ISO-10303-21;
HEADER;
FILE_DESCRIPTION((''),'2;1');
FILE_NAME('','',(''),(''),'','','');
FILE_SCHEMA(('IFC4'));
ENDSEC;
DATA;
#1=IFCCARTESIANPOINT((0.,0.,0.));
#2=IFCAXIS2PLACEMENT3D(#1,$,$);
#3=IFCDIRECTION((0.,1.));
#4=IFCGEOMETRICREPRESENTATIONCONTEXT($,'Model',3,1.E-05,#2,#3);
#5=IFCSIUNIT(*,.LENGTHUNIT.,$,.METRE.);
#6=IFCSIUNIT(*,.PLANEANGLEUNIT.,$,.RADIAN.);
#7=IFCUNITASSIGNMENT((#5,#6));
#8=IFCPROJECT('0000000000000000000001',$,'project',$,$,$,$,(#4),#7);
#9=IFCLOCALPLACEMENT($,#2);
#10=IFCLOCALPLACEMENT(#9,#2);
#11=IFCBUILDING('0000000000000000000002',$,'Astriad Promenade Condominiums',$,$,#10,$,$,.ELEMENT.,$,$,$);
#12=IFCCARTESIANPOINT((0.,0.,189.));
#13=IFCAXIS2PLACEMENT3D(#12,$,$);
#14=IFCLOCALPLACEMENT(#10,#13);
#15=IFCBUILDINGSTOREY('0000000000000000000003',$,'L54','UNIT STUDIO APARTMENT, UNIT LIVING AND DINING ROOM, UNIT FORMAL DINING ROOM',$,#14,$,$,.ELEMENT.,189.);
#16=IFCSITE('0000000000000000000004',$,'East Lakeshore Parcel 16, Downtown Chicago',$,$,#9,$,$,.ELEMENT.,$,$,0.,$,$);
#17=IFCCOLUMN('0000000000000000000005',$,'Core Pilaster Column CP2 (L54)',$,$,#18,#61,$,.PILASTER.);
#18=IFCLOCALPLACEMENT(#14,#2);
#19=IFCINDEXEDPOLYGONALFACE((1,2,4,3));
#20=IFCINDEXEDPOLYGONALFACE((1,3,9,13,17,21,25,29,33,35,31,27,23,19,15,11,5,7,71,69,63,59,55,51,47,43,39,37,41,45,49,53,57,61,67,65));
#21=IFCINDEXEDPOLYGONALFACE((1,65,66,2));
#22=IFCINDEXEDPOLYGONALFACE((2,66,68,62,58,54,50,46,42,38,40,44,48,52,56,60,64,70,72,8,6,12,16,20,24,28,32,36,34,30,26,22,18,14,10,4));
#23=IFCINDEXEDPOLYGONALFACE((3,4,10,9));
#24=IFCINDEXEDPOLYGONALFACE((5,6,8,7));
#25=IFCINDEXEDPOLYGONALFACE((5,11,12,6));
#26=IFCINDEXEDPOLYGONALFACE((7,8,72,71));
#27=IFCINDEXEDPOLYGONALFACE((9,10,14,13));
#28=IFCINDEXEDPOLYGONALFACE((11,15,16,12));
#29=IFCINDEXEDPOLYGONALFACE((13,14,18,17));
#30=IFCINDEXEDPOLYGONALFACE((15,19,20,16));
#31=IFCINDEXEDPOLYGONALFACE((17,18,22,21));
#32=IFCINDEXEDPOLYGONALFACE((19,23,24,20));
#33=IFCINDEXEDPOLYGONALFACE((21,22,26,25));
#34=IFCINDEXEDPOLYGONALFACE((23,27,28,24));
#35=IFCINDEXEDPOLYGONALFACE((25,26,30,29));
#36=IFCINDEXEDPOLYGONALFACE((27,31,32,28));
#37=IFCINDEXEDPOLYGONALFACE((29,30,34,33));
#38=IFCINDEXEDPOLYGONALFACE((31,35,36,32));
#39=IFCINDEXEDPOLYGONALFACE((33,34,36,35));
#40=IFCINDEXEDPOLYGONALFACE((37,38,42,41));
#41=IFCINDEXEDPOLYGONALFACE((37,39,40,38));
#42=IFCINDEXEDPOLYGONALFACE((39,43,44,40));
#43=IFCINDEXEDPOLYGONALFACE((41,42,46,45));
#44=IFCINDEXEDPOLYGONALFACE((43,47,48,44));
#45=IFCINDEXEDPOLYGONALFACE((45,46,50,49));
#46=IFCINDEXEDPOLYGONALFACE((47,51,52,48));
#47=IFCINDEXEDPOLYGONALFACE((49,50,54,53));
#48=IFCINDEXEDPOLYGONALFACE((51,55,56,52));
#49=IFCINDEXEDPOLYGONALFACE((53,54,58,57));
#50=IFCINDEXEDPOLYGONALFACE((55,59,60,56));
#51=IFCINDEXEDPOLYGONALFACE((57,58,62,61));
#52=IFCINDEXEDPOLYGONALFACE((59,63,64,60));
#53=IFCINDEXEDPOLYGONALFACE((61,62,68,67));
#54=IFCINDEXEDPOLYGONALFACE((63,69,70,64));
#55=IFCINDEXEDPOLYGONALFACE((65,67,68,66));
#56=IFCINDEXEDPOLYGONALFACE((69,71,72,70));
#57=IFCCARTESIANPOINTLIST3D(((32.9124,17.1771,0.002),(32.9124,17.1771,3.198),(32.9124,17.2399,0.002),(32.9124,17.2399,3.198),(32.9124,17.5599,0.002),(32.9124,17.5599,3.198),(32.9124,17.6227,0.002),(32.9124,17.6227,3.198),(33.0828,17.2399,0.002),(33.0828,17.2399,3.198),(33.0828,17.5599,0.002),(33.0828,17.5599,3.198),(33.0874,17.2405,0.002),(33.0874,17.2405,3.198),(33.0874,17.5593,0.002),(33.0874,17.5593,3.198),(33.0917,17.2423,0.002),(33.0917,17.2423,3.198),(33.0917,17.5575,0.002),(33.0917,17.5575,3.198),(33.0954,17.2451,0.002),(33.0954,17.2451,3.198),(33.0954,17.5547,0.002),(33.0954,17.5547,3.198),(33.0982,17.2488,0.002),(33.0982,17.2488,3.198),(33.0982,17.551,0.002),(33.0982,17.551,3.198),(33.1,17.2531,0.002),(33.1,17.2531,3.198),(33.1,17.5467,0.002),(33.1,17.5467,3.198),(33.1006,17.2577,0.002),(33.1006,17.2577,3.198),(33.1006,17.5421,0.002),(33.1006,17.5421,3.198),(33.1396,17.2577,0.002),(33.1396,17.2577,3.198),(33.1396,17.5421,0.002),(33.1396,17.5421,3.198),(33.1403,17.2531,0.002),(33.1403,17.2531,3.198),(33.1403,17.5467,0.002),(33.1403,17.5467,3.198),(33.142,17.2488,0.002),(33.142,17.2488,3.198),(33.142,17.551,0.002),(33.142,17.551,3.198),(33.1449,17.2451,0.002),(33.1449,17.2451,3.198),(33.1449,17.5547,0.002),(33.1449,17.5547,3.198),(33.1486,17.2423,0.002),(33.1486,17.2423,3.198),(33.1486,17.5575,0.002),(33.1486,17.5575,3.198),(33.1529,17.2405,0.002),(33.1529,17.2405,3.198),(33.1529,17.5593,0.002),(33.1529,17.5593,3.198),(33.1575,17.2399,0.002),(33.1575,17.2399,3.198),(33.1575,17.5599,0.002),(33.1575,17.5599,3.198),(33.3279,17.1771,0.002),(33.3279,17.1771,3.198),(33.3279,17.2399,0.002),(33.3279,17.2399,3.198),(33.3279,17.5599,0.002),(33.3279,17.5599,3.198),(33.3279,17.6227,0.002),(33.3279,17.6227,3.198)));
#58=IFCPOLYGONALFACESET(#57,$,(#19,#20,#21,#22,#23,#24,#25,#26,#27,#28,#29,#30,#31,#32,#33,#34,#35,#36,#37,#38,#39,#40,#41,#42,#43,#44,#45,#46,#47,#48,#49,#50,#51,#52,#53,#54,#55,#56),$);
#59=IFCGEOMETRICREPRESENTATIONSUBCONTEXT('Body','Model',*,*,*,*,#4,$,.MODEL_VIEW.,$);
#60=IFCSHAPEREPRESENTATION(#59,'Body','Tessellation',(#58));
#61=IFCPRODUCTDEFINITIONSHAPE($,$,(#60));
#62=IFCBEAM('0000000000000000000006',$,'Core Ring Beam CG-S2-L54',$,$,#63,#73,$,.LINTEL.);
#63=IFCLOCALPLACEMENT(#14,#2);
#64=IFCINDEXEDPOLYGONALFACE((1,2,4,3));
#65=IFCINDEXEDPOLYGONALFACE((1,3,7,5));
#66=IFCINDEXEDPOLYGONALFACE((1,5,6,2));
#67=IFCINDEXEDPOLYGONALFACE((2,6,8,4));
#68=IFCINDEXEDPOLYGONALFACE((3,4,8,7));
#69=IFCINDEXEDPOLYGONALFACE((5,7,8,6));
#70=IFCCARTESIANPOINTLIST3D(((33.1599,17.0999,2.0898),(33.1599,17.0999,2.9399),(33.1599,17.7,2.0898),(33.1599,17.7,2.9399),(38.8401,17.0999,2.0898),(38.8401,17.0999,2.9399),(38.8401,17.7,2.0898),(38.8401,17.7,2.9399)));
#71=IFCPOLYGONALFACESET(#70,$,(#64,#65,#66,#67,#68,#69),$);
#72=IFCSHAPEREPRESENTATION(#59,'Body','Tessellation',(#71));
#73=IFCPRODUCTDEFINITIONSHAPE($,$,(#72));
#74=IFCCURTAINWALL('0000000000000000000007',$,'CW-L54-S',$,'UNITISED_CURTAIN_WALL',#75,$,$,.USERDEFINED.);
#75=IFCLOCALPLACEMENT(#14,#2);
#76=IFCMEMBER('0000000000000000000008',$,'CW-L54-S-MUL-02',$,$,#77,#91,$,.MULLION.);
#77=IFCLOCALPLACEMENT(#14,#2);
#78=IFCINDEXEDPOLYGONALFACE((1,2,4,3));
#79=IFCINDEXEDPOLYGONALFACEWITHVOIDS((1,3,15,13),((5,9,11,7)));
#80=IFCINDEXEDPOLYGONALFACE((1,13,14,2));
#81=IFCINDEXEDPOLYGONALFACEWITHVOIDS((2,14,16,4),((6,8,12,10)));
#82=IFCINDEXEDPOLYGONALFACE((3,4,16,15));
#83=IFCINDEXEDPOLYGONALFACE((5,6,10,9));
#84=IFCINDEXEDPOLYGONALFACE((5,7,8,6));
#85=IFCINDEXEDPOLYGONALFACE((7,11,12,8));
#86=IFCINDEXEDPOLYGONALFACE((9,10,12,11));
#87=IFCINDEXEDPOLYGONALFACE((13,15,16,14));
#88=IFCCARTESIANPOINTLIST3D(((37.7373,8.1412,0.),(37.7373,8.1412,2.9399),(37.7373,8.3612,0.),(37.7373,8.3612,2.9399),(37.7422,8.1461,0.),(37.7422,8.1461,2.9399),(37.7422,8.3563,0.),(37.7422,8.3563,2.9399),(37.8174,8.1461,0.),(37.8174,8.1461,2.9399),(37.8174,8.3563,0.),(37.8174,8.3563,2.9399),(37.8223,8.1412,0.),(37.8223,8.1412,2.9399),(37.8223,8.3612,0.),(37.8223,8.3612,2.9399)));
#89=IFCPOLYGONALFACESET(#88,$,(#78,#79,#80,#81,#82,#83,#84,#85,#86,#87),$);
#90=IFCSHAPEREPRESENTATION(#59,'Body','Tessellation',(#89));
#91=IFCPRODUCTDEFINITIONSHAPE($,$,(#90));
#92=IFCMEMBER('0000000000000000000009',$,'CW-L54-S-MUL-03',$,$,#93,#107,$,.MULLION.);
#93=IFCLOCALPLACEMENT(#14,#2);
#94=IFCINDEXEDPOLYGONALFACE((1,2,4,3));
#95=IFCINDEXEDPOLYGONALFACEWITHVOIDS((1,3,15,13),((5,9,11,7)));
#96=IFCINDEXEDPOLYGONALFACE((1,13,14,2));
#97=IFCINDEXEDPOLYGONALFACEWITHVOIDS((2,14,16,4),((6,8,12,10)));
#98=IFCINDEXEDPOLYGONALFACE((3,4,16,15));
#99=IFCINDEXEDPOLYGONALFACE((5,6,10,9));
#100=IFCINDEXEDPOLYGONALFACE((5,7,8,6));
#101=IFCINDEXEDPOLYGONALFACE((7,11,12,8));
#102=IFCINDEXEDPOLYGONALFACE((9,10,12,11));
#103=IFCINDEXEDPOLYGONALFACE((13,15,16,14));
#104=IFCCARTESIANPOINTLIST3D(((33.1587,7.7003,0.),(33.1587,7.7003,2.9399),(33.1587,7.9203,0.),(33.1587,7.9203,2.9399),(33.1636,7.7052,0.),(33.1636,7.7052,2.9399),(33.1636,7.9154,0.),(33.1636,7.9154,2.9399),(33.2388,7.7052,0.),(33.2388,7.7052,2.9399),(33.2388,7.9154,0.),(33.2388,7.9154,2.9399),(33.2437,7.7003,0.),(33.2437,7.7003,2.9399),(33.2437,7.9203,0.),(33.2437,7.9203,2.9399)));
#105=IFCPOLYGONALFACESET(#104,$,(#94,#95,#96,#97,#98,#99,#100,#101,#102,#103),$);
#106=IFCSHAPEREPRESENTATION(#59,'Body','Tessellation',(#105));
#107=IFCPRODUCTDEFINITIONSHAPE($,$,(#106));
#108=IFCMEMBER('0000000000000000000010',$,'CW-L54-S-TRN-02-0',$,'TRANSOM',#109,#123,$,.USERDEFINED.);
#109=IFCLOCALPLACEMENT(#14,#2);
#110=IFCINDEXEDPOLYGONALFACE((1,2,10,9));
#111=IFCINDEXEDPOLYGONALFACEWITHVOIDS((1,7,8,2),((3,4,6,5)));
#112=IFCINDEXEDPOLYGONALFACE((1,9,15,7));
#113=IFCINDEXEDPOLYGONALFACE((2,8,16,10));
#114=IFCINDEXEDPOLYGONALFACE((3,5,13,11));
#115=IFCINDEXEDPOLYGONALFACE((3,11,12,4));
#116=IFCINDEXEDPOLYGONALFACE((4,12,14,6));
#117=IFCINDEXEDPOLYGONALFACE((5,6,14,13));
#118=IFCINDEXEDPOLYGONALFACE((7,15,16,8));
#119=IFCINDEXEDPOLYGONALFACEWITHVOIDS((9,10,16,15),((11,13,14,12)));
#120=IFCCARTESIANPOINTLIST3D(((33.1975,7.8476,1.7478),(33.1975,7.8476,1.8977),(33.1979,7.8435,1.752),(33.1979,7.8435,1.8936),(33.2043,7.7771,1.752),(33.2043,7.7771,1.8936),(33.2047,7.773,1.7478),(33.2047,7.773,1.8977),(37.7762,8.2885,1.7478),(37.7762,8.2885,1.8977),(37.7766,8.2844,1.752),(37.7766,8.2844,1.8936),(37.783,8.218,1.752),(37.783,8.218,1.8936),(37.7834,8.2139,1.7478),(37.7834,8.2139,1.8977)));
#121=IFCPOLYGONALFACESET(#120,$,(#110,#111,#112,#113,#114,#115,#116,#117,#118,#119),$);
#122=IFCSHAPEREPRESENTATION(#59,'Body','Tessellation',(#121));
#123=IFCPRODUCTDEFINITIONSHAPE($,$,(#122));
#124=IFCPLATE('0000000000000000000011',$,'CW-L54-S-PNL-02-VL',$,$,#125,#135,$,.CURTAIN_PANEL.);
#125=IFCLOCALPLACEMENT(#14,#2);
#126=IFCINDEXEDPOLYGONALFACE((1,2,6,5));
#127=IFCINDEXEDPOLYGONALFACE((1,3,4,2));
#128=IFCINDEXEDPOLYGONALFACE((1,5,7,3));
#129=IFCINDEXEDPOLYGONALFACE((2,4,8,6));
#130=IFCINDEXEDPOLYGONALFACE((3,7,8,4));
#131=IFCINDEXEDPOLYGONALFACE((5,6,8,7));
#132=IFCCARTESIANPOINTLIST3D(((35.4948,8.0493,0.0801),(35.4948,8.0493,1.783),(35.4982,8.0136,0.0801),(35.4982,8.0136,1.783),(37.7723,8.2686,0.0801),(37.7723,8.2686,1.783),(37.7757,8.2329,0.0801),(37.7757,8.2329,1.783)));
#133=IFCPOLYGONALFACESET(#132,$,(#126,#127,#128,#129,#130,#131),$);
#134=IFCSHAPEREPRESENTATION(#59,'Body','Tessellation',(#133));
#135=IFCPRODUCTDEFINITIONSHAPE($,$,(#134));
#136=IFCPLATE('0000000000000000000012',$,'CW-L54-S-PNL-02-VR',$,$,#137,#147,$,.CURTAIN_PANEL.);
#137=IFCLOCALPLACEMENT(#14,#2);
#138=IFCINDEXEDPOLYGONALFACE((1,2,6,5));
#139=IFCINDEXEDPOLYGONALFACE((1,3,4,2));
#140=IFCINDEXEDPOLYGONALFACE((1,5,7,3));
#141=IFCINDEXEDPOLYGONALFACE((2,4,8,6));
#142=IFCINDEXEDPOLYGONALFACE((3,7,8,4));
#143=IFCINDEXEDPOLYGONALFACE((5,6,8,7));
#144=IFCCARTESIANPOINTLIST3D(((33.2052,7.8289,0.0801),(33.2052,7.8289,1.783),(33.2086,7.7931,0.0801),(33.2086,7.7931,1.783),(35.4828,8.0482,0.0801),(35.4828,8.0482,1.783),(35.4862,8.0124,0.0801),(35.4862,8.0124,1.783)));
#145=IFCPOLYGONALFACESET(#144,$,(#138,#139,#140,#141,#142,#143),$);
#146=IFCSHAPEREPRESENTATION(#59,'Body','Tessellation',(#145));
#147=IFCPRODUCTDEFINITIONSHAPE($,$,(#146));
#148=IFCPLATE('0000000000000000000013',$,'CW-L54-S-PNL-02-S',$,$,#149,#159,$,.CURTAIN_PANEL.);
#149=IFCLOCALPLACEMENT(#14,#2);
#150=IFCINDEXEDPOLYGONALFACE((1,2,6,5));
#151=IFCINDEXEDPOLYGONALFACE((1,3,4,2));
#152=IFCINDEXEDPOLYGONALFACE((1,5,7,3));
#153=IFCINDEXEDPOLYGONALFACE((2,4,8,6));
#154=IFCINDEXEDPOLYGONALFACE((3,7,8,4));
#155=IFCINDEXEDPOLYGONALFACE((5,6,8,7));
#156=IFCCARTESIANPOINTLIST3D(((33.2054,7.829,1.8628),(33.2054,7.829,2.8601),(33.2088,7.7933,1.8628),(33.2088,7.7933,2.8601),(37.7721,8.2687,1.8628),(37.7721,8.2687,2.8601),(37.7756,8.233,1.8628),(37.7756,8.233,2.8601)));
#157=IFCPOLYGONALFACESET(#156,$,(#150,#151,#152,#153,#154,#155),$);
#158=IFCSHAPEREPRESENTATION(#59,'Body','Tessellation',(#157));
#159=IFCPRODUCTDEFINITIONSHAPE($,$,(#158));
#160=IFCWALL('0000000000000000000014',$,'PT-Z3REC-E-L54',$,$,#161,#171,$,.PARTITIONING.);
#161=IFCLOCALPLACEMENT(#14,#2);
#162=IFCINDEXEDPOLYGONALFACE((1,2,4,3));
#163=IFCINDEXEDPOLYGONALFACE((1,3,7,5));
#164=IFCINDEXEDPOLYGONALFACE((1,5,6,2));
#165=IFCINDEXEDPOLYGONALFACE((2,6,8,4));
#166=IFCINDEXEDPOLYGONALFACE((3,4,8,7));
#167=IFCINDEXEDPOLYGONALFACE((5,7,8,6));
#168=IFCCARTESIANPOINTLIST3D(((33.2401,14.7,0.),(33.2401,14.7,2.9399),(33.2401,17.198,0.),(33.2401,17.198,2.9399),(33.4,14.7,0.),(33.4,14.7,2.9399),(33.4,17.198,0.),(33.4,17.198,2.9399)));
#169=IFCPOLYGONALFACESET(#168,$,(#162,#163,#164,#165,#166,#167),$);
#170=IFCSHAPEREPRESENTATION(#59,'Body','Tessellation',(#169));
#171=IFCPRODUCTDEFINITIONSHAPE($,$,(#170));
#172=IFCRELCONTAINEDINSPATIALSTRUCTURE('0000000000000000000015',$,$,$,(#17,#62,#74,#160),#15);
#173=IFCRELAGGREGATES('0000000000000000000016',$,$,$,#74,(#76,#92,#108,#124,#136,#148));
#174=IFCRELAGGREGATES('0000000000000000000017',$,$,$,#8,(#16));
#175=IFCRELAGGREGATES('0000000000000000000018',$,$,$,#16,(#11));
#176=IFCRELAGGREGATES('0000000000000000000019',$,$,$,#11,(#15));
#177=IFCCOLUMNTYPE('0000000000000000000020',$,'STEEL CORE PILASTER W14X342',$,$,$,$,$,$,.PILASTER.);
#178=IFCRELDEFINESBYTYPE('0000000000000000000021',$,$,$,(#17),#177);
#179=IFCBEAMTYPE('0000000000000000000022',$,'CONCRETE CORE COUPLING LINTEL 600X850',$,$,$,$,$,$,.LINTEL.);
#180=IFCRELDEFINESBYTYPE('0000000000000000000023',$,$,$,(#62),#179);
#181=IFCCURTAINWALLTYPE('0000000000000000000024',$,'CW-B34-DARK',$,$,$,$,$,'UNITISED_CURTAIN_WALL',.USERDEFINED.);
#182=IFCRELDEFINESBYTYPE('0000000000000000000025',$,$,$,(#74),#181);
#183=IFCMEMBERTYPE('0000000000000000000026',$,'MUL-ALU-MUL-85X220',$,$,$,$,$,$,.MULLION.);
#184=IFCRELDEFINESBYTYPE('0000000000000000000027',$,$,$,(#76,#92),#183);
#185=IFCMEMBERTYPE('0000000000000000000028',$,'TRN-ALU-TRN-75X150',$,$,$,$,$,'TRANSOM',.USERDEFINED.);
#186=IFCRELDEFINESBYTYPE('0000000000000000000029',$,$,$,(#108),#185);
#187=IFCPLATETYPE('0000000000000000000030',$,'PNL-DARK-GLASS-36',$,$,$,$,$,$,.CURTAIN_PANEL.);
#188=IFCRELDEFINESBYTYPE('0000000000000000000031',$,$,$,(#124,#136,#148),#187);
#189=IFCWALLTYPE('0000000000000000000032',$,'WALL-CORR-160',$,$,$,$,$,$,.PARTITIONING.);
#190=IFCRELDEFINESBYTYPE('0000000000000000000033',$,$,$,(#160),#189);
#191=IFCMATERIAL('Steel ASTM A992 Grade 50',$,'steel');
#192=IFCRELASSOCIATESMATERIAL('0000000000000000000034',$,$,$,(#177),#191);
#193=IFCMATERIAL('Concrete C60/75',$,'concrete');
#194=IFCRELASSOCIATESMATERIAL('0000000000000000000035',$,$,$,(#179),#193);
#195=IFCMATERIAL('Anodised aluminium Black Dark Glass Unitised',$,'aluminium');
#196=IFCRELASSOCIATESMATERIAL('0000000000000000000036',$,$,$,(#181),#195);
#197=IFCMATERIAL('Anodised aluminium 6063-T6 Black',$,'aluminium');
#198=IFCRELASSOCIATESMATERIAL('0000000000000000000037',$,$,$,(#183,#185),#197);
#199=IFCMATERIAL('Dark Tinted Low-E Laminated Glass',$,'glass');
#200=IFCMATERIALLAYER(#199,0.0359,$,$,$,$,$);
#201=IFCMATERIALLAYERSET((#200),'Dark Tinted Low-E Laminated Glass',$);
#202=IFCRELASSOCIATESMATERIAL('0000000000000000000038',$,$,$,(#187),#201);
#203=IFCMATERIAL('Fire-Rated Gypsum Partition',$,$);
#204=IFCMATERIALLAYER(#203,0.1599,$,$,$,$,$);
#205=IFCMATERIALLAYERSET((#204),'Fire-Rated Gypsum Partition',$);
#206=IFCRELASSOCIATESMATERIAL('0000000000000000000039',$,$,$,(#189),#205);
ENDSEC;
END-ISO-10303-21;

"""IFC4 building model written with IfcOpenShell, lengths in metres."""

from ifc_helpers import new_model, si_unit, direction, frame, frame_2d, origin, origin_2d, place, context, subcontext, project, spatial, rectangle, hollow_rectangle, i_section, extrude, source, transform, mapped, material, layer, layer_set, material_profile, profile_set, type_object, type_shapes, element, aggregate, save


model = new_model("IFC4")

# Units and contexts
model_context = context("Model", 3, precision=1e-05, world=origin(), true_north=direction((0.0, 1.0)))
body_context = subcontext(model_context, "Body", "Model", "MODEL_VIEW")
ifc_project = project(units=[si_unit("LENGTHUNIT", "METRE"), si_unit("PLANEANGLEUNIT", "RADIAN")], contexts=[model_context])

# Site, building, storey
site_placement = place(None, origin())
site = spatial("IfcSite", under=ifc_project, at=site_placement, Name="East Lakeshore Parcel 16, Downtown Chicago", CompositionType="ELEMENT", RefElevation=0.0)
building_placement = place(site_placement, origin())
building = spatial("IfcBuilding", under=site, at=building_placement, Name="Astriad Promenade Condominiums", CompositionType="ELEMENT")
storey_placement = place(building_placement, frame((0.0, 0.0, 189.0)))
storey = spatial("IfcBuildingStorey", under=building, at=storey_placement, Name="L54", Description="UNIT STUDIO APARTMENT, UNIT LIVING AND DINING ROOM, UNIT FORMAL DINING ROOM", CompositionType="ELEMENT", Elevation=189.0)

# Column
ifc_material_1 = material(Name="Steel ASTM A992 Grade 50", Category="steel")
ifc_material_profile_1 = material_profile(ifc_material_1, i_section(OverallWidth=0.4155, OverallDepth=0.4456, WebThickness=0.0391, FlangeThickness=0.0627, FilletRadius=0.0178, at=origin_2d()), Name="W14X342")
ifc_profile_set_1 = profile_set([ifc_material_profile_1], Name="Steel ASTM A992 Grade 50")
column_type = type_object("IfcColumnType", Name="STEEL CORE PILASTER W14X342", PredefinedType="PILASTER", material=ifc_profile_set_1)
shared_shape_1 = source(origin(), body_context, "Body", "SweptSolid", [
    extrude(i_section(OverallWidth=0.4155, OverallDepth=0.4456, WebThickness=0.0391, FlangeThickness=0.0627, FilletRadius=0.0178, at=origin_2d()), origin(), (0.0, 0.0, 1.0), 3.196),
])
type_shapes(column_type, [shared_shape_1])
column_placement = place(storey_placement, frame((33.1201, 17.3999, 0.002), z_axis=(0.0, 0.0, 1.0), x_axis=(1.0, 0.0, 0.0)))
element("IfcColumn", 1, at=column_placement, inside=storey, type_object=column_type, Name="Core Pilaster Column CP2 (L54)", PredefinedType="PILASTER", context=body_context, shape_type="MappedRepresentation", body=[
    mapped(shared_shape_1, transform((0.0, 0.0, 0.0), scale=1.0)),
])

# Beam
ifc_material_2 = material(Name="Concrete C60/75", Category="concrete")
ifc_material_profile_2 = material_profile(ifc_material_2, rectangle(XDim=0.6001, YDim=0.8501, at=origin_2d()), Name="RC-BM-600X850")
ifc_profile_set_2 = profile_set([ifc_material_profile_2], Name="Concrete C60/75")
beam_type = type_object("IfcBeamType", Name="CONCRETE CORE COUPLING LINTEL 600X850", PredefinedType="LINTEL", material=ifc_profile_set_2)
shared_shape_2 = source(origin(), body_context, "Body", "SweptSolid", [
    extrude(rectangle(XDim=0.6001, YDim=0.8501, at=origin_2d()), origin(), (0.0, 0.0, 1.0), 5.6802),
])
type_shapes(beam_type, [shared_shape_2])
beam_placement = place(storey_placement, frame((33.1599, 17.3999, 2.5149), z_axis=(1.0, 0.0, 0.0), x_axis=(0.0, 1.0, 0.0)))
element("IfcBeam", 2, at=beam_placement, inside=storey, type_object=beam_type, Name="Core Ring Beam CG-S2-L54", PredefinedType="LINTEL", context=body_context, shape_type="MappedRepresentation", body=[
    mapped(shared_shape_2, transform((0.0, 0.0, 0.0), scale=1.0)),
])

# Curtain wall, members, plates
ifc_material_3 = material(Name="Anodised aluminium Black Dark Glass Unitised", Category="aluminium")
curtain_wall_type = type_object("IfcCurtainWallType", Name="CW-B34-DARK", ElementType="UNITISED_CURTAIN_WALL", PredefinedType="USERDEFINED", material=ifc_material_3)
curtain_wall_placement = place(storey_placement, origin())
curtain_wall = element("IfcCurtainWall", 3, at=curtain_wall_placement, inside=storey, type_object=curtain_wall_type, Name="CW-L54-S", ObjectType="UNITISED_CURTAIN_WALL", PredefinedType="USERDEFINED")
ifc_material_4 = material(Name="Anodised aluminium 6063-T6 Black", Category="aluminium")
ifc_material_profile_3 = material_profile(ifc_material_4, hollow_rectangle(XDim=0.085, YDim=0.22, WallThickness=0.0049, at=origin_2d()), Name="ALU-MUL-85X220")
ifc_profile_set_3 = profile_set([ifc_material_profile_3], Name="Anodised aluminium 6063-T6 Black")
member_type_1 = type_object("IfcMemberType", Name="MUL-ALU-MUL-85X220", PredefinedType="MULLION", material=ifc_profile_set_3)
shared_shape_3 = source(origin(), body_context, "Body", "SweptSolid", [
    extrude(hollow_rectangle(XDim=0.085, YDim=0.22, WallThickness=0.0049, at=origin_2d()), origin(), (0.0, 0.0, 1.0), 2.9399),
])
type_shapes(member_type_1, [shared_shape_3])
member_1_placement = place(storey_placement, frame((37.7798, 8.2512, 0.0), z_axis=(0.0, 0.0, 1.0), x_axis=(1.0, 0.0, 0.0)))
member_1 = element("IfcMember", 4, at=member_1_placement, type_object=member_type_1, Name="CW-L54-S-MUL-02", PredefinedType="MULLION", context=body_context, shape_type="MappedRepresentation", body=[
    mapped(shared_shape_3, transform((0.0, 0.0, 0.0), scale=1.0)),
])
member_2_placement = place(storey_placement, frame((33.2012, 7.8103, 0.0), z_axis=(0.0, 0.0, 1.0), x_axis=(1.0, 0.0, 0.0)))
member_2 = element("IfcMember", 5, at=member_2_placement, type_object=member_type_1, Name="CW-L54-S-MUL-03", PredefinedType="MULLION", context=body_context, shape_type="MappedRepresentation", body=[
    mapped(shared_shape_3, transform((0.0, 0.0, 0.0), scale=1.0)),
])
ifc_material_profile_4 = material_profile(ifc_material_4, hollow_rectangle(XDim=0.075, YDim=0.1499, WallThickness=0.0042, at=origin_2d()), Name="ALU-TRN-75X150")
ifc_profile_set_4 = profile_set([ifc_material_profile_4], Name="Anodised aluminium 6063-T6 Black")
member_type_2 = type_object("IfcMemberType", Name="TRN-ALU-TRN-75X150", ElementType="TRANSOM", PredefinedType="USERDEFINED", material=ifc_profile_set_4)
shared_shape_4 = source(origin(), body_context, "Body", "SweptSolid", [
    extrude(hollow_rectangle(XDim=0.075, YDim=0.1499, WallThickness=0.0042, at=origin_2d()), origin(), (0.0, 0.0, 1.0), 4.5999),
])
type_shapes(member_type_2, [shared_shape_4])
member_3_placement = place(storey_placement, frame((37.7798, 8.2512, 1.8228), z_axis=(-0.995395, -0.095856, 0.0), x_axis=(0.095856, -0.995395, 0.0)))
member_3 = element("IfcMember", 6, at=member_3_placement, type_object=member_type_2, Name="CW-L54-S-TRN-02-0", ObjectType="TRANSOM", PredefinedType="USERDEFINED", context=body_context, shape_type="MappedRepresentation", body=[
    mapped(shared_shape_4, transform((0.0, 0.0, 0.0), scale=1.0)),
])
ifc_material_5 = material(Name="Dark Tinted Low-E Laminated Glass", Category="glass")
ifc_layer_1 = layer(ifc_material_5, 0.0359)
ifc_layer_set_1 = layer_set([ifc_layer_1], Name="Dark Tinted Low-E Laminated Glass")
plate_type = type_object("IfcPlateType", Name="PNL-DARK-GLASS-36", PredefinedType="CURTAIN_PANEL", material=ifc_layer_set_1)
shared_shape_5 = source(origin(), body_context, "Body", "SweptSolid", [
    extrude(rectangle(XDim=2.2881, YDim=0.0359, at=origin_2d()), origin(), (0.0, 0.0, 1.0), 1.7029),
])
plate_1_placement = place(storey_placement, frame((36.6353, 8.1411, 0.0801), z_axis=(0.0, 0.0, 1.0), x_axis=(-0.995396, -0.095846, 0.0)))
plate_1 = element("IfcPlate", 7, at=plate_1_placement, type_object=plate_type, Name="CW-L54-S-PNL-02-VL", PredefinedType="CURTAIN_PANEL", context=body_context, shape_type="MappedRepresentation", body=[
    mapped(shared_shape_5, transform((0.0, 0.0, 0.0), scale=1.0)),
])
plate_2_placement = place(storey_placement, frame((34.3457, 7.9207, 0.0801), z_axis=(0.0, 0.0, 1.0), x_axis=(-0.995396, -0.095846, 0.0)))
plate_2 = element("IfcPlate", 8, at=plate_2_placement, type_object=plate_type, Name="CW-L54-S-PNL-02-VR", PredefinedType="CURTAIN_PANEL", context=body_context, shape_type="MappedRepresentation", body=[
    mapped(shared_shape_5, transform((0.0, 0.0, 0.0), scale=1.0)),
])
shared_shape_6 = source(origin(), body_context, "Body", "SweptSolid", [
    extrude(rectangle(XDim=4.5879, YDim=0.0359, at=origin_2d()), origin(), (0.0, 0.0, 1.0), 0.9973),
])
type_shapes(plate_type, [shared_shape_5, shared_shape_6])
plate_3_placement = place(storey_placement, frame((35.4905, 8.031, 1.8628), z_axis=(0.0, 0.0, 1.0), x_axis=(-0.995396, -0.095846, 0.0)))
plate_3 = element("IfcPlate", 9, at=plate_3_placement, type_object=plate_type, Name="CW-L54-S-PNL-02-S", PredefinedType="CURTAIN_PANEL", context=body_context, shape_type="MappedRepresentation", body=[
    mapped(shared_shape_6, transform((0.0, 0.0, 0.0), scale=1.0)),
])
aggregate(curtain_wall, [member_1, member_2, member_3, plate_1, plate_2, plate_3])

# Wall
ifc_material_6 = material(Name="Fire-Rated Gypsum Partition")
ifc_layer_2 = layer(ifc_material_6, 0.1599)
ifc_layer_set_2 = layer_set([ifc_layer_2], Name="Fire-Rated Gypsum Partition")
wall_type_1 = type_object("IfcWallType", Name="WALL-CORR-160", PredefinedType="PARTITIONING", material=ifc_layer_set_2)
for number, where, z_axis, x_axis, name in (
    (10, (33.3201, 14.7, 0.0), (0.0, 0.0, 1.0), (0.0, 1.0, 0.0), "PT-Z3REC-E-L54"),
):
    element("IfcWall", number, at=place(storey_placement, frame(where, z_axis=z_axis, x_axis=x_axis)), inside=storey, type_object=wall_type_1, Name=name, PredefinedType="PARTITIONING", context=body_context, shape_type="SweptSolid", body=[
        extrude(rectangle(XDim=2.498, YDim=0.1599, at=frame_2d((1.249, 0.0))), origin(), (0.0, 0.0, 1.0), 2.9399),
    ])

save(model, "model.ifc")
